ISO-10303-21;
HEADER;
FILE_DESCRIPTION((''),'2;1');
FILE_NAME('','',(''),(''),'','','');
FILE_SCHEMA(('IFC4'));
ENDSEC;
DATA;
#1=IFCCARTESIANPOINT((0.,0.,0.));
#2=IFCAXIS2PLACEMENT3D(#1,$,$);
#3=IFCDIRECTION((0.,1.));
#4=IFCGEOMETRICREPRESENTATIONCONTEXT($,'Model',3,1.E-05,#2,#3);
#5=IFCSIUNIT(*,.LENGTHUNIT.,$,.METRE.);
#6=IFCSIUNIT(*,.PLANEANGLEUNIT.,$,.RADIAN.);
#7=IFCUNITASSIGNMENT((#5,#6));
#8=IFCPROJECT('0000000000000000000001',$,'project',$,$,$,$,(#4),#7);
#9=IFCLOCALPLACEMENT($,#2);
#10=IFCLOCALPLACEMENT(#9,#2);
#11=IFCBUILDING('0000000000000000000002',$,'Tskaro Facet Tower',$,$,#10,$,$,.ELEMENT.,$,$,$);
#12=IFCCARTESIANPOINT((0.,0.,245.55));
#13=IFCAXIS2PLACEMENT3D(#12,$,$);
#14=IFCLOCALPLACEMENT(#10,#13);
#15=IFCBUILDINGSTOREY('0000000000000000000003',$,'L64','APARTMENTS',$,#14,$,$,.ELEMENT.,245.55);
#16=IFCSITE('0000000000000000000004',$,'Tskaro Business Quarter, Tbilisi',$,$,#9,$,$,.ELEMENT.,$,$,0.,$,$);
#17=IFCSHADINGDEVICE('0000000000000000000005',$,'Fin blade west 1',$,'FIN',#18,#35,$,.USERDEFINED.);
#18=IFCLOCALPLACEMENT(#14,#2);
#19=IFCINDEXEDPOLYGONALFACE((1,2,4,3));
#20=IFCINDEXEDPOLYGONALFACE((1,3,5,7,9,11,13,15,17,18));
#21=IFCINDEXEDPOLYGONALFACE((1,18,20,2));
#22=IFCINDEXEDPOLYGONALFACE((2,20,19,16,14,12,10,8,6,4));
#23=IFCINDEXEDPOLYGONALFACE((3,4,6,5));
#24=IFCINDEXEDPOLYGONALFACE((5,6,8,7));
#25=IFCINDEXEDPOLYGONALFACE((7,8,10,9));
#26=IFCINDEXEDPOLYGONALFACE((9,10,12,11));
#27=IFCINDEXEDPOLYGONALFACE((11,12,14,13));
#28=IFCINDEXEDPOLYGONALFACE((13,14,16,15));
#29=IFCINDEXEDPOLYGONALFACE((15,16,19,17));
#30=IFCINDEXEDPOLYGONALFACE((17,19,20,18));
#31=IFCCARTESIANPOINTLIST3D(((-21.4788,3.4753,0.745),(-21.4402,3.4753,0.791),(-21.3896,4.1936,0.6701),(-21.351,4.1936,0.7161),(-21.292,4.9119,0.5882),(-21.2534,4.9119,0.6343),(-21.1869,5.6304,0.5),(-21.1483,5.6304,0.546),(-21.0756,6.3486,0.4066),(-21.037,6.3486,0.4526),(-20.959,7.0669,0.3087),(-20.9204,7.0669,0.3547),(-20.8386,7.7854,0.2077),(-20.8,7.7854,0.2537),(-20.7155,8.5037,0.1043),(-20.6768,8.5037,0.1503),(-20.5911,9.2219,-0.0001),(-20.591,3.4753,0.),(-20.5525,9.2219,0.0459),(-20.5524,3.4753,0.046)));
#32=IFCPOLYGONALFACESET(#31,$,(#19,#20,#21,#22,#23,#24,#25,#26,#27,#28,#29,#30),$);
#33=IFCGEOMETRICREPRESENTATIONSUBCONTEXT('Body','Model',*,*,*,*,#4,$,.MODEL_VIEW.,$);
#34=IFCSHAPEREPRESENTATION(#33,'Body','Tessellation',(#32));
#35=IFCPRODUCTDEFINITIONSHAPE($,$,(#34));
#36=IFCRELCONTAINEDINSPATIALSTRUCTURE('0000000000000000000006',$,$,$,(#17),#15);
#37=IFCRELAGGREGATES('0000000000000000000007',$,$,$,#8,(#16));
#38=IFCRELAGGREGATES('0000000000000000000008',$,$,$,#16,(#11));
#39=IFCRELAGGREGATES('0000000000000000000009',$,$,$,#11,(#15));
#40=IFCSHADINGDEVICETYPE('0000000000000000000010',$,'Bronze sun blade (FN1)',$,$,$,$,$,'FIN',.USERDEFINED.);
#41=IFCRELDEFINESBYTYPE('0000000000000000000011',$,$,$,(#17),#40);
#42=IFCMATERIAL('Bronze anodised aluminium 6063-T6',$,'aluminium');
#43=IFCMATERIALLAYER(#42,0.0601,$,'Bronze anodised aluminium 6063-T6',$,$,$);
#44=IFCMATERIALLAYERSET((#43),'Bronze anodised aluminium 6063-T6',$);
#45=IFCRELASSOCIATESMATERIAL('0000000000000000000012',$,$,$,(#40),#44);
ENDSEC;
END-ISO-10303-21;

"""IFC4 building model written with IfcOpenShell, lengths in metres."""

from ifc_helpers import new_model, si_unit, direction, frame, origin, place, context, subcontext, project, spatial, polyline, outline, extrude, material, layer, layer_set, type_object, element, save


model = new_model("IFC4")

# Units and contexts
model_context = context("Model", 3, precision=1e-05, world=origin(), true_north=direction((0.0, 1.0)))
body_context = subcontext(model_context, "Body", "Model", "MODEL_VIEW")
ifc_project = project(units=[si_unit("LENGTHUNIT", "METRE"), si_unit("PLANEANGLEUNIT", "RADIAN")], contexts=[model_context])

# Site, building, storey
site_placement = place(None, origin())
site = spatial("IfcSite", under=ifc_project, at=site_placement, Name="Tskaro Business Quarter, Tbilisi", CompositionType="ELEMENT", RefElevation=0.0)
building_placement = place(site_placement, origin())
building = spatial("IfcBuilding", under=site, at=building_placement, Name="Tskaro Facet Tower", CompositionType="ELEMENT")
storey_placement = place(building_placement, frame((0.0, 0.0, 245.55)))
storey = spatial("IfcBuildingStorey", under=building, at=storey_placement, Name="L64", Description="APARTMENTS", CompositionType="ELEMENT", Elevation=245.55)

# Shared definitions
ifc_material_1 = material(Name="Bronze anodised aluminium 6063-T6", Category="aluminium")

# Shading device
ifc_layer_1 = layer(ifc_material_1, 0.0601, Name="Bronze anodised aluminium 6063-T6")
ifc_layer_set_1 = layer_set([ifc_layer_1], Name="Bronze anodised aluminium 6063-T6")
shading_device_type = type_object("IfcShadingDeviceType", Name="Bronze sun blade (FN1)", ElementType="FIN", PredefinedType="USERDEFINED", material=ifc_layer_set_1)
shading_device_placement = place(storey_placement, frame((-20.5525, 9.2219, 0.0459), z_axis=(0.642859, 0.000014, 0.765985), x_axis=(0.000009, -1.0, 0.000011)))
element("IfcShadingDevice", 1, at=shading_device_placement, inside=storey, type_object=shading_device_type, Name="Fin blade west 1", ObjectType="FIN", PredefinedType="USERDEFINED", context=body_context, shape_type="SweptSolid", body=[
    extrude(outline(polyline([(0.0, 0.0), (5.7466, 0.0), (5.7466, -1.159), (5.0283, -1.0425), (4.3101, -0.9151), (3.5916, -0.7779), (2.8733, -0.6325), (2.155, -0.4804), (1.4365, -0.3232), (0.7183, -0.1624), (0.0, 0.0)])), origin(), (0.0, 0.0, -1.0), 0.0601),
])

save(model, "model.ifc")
